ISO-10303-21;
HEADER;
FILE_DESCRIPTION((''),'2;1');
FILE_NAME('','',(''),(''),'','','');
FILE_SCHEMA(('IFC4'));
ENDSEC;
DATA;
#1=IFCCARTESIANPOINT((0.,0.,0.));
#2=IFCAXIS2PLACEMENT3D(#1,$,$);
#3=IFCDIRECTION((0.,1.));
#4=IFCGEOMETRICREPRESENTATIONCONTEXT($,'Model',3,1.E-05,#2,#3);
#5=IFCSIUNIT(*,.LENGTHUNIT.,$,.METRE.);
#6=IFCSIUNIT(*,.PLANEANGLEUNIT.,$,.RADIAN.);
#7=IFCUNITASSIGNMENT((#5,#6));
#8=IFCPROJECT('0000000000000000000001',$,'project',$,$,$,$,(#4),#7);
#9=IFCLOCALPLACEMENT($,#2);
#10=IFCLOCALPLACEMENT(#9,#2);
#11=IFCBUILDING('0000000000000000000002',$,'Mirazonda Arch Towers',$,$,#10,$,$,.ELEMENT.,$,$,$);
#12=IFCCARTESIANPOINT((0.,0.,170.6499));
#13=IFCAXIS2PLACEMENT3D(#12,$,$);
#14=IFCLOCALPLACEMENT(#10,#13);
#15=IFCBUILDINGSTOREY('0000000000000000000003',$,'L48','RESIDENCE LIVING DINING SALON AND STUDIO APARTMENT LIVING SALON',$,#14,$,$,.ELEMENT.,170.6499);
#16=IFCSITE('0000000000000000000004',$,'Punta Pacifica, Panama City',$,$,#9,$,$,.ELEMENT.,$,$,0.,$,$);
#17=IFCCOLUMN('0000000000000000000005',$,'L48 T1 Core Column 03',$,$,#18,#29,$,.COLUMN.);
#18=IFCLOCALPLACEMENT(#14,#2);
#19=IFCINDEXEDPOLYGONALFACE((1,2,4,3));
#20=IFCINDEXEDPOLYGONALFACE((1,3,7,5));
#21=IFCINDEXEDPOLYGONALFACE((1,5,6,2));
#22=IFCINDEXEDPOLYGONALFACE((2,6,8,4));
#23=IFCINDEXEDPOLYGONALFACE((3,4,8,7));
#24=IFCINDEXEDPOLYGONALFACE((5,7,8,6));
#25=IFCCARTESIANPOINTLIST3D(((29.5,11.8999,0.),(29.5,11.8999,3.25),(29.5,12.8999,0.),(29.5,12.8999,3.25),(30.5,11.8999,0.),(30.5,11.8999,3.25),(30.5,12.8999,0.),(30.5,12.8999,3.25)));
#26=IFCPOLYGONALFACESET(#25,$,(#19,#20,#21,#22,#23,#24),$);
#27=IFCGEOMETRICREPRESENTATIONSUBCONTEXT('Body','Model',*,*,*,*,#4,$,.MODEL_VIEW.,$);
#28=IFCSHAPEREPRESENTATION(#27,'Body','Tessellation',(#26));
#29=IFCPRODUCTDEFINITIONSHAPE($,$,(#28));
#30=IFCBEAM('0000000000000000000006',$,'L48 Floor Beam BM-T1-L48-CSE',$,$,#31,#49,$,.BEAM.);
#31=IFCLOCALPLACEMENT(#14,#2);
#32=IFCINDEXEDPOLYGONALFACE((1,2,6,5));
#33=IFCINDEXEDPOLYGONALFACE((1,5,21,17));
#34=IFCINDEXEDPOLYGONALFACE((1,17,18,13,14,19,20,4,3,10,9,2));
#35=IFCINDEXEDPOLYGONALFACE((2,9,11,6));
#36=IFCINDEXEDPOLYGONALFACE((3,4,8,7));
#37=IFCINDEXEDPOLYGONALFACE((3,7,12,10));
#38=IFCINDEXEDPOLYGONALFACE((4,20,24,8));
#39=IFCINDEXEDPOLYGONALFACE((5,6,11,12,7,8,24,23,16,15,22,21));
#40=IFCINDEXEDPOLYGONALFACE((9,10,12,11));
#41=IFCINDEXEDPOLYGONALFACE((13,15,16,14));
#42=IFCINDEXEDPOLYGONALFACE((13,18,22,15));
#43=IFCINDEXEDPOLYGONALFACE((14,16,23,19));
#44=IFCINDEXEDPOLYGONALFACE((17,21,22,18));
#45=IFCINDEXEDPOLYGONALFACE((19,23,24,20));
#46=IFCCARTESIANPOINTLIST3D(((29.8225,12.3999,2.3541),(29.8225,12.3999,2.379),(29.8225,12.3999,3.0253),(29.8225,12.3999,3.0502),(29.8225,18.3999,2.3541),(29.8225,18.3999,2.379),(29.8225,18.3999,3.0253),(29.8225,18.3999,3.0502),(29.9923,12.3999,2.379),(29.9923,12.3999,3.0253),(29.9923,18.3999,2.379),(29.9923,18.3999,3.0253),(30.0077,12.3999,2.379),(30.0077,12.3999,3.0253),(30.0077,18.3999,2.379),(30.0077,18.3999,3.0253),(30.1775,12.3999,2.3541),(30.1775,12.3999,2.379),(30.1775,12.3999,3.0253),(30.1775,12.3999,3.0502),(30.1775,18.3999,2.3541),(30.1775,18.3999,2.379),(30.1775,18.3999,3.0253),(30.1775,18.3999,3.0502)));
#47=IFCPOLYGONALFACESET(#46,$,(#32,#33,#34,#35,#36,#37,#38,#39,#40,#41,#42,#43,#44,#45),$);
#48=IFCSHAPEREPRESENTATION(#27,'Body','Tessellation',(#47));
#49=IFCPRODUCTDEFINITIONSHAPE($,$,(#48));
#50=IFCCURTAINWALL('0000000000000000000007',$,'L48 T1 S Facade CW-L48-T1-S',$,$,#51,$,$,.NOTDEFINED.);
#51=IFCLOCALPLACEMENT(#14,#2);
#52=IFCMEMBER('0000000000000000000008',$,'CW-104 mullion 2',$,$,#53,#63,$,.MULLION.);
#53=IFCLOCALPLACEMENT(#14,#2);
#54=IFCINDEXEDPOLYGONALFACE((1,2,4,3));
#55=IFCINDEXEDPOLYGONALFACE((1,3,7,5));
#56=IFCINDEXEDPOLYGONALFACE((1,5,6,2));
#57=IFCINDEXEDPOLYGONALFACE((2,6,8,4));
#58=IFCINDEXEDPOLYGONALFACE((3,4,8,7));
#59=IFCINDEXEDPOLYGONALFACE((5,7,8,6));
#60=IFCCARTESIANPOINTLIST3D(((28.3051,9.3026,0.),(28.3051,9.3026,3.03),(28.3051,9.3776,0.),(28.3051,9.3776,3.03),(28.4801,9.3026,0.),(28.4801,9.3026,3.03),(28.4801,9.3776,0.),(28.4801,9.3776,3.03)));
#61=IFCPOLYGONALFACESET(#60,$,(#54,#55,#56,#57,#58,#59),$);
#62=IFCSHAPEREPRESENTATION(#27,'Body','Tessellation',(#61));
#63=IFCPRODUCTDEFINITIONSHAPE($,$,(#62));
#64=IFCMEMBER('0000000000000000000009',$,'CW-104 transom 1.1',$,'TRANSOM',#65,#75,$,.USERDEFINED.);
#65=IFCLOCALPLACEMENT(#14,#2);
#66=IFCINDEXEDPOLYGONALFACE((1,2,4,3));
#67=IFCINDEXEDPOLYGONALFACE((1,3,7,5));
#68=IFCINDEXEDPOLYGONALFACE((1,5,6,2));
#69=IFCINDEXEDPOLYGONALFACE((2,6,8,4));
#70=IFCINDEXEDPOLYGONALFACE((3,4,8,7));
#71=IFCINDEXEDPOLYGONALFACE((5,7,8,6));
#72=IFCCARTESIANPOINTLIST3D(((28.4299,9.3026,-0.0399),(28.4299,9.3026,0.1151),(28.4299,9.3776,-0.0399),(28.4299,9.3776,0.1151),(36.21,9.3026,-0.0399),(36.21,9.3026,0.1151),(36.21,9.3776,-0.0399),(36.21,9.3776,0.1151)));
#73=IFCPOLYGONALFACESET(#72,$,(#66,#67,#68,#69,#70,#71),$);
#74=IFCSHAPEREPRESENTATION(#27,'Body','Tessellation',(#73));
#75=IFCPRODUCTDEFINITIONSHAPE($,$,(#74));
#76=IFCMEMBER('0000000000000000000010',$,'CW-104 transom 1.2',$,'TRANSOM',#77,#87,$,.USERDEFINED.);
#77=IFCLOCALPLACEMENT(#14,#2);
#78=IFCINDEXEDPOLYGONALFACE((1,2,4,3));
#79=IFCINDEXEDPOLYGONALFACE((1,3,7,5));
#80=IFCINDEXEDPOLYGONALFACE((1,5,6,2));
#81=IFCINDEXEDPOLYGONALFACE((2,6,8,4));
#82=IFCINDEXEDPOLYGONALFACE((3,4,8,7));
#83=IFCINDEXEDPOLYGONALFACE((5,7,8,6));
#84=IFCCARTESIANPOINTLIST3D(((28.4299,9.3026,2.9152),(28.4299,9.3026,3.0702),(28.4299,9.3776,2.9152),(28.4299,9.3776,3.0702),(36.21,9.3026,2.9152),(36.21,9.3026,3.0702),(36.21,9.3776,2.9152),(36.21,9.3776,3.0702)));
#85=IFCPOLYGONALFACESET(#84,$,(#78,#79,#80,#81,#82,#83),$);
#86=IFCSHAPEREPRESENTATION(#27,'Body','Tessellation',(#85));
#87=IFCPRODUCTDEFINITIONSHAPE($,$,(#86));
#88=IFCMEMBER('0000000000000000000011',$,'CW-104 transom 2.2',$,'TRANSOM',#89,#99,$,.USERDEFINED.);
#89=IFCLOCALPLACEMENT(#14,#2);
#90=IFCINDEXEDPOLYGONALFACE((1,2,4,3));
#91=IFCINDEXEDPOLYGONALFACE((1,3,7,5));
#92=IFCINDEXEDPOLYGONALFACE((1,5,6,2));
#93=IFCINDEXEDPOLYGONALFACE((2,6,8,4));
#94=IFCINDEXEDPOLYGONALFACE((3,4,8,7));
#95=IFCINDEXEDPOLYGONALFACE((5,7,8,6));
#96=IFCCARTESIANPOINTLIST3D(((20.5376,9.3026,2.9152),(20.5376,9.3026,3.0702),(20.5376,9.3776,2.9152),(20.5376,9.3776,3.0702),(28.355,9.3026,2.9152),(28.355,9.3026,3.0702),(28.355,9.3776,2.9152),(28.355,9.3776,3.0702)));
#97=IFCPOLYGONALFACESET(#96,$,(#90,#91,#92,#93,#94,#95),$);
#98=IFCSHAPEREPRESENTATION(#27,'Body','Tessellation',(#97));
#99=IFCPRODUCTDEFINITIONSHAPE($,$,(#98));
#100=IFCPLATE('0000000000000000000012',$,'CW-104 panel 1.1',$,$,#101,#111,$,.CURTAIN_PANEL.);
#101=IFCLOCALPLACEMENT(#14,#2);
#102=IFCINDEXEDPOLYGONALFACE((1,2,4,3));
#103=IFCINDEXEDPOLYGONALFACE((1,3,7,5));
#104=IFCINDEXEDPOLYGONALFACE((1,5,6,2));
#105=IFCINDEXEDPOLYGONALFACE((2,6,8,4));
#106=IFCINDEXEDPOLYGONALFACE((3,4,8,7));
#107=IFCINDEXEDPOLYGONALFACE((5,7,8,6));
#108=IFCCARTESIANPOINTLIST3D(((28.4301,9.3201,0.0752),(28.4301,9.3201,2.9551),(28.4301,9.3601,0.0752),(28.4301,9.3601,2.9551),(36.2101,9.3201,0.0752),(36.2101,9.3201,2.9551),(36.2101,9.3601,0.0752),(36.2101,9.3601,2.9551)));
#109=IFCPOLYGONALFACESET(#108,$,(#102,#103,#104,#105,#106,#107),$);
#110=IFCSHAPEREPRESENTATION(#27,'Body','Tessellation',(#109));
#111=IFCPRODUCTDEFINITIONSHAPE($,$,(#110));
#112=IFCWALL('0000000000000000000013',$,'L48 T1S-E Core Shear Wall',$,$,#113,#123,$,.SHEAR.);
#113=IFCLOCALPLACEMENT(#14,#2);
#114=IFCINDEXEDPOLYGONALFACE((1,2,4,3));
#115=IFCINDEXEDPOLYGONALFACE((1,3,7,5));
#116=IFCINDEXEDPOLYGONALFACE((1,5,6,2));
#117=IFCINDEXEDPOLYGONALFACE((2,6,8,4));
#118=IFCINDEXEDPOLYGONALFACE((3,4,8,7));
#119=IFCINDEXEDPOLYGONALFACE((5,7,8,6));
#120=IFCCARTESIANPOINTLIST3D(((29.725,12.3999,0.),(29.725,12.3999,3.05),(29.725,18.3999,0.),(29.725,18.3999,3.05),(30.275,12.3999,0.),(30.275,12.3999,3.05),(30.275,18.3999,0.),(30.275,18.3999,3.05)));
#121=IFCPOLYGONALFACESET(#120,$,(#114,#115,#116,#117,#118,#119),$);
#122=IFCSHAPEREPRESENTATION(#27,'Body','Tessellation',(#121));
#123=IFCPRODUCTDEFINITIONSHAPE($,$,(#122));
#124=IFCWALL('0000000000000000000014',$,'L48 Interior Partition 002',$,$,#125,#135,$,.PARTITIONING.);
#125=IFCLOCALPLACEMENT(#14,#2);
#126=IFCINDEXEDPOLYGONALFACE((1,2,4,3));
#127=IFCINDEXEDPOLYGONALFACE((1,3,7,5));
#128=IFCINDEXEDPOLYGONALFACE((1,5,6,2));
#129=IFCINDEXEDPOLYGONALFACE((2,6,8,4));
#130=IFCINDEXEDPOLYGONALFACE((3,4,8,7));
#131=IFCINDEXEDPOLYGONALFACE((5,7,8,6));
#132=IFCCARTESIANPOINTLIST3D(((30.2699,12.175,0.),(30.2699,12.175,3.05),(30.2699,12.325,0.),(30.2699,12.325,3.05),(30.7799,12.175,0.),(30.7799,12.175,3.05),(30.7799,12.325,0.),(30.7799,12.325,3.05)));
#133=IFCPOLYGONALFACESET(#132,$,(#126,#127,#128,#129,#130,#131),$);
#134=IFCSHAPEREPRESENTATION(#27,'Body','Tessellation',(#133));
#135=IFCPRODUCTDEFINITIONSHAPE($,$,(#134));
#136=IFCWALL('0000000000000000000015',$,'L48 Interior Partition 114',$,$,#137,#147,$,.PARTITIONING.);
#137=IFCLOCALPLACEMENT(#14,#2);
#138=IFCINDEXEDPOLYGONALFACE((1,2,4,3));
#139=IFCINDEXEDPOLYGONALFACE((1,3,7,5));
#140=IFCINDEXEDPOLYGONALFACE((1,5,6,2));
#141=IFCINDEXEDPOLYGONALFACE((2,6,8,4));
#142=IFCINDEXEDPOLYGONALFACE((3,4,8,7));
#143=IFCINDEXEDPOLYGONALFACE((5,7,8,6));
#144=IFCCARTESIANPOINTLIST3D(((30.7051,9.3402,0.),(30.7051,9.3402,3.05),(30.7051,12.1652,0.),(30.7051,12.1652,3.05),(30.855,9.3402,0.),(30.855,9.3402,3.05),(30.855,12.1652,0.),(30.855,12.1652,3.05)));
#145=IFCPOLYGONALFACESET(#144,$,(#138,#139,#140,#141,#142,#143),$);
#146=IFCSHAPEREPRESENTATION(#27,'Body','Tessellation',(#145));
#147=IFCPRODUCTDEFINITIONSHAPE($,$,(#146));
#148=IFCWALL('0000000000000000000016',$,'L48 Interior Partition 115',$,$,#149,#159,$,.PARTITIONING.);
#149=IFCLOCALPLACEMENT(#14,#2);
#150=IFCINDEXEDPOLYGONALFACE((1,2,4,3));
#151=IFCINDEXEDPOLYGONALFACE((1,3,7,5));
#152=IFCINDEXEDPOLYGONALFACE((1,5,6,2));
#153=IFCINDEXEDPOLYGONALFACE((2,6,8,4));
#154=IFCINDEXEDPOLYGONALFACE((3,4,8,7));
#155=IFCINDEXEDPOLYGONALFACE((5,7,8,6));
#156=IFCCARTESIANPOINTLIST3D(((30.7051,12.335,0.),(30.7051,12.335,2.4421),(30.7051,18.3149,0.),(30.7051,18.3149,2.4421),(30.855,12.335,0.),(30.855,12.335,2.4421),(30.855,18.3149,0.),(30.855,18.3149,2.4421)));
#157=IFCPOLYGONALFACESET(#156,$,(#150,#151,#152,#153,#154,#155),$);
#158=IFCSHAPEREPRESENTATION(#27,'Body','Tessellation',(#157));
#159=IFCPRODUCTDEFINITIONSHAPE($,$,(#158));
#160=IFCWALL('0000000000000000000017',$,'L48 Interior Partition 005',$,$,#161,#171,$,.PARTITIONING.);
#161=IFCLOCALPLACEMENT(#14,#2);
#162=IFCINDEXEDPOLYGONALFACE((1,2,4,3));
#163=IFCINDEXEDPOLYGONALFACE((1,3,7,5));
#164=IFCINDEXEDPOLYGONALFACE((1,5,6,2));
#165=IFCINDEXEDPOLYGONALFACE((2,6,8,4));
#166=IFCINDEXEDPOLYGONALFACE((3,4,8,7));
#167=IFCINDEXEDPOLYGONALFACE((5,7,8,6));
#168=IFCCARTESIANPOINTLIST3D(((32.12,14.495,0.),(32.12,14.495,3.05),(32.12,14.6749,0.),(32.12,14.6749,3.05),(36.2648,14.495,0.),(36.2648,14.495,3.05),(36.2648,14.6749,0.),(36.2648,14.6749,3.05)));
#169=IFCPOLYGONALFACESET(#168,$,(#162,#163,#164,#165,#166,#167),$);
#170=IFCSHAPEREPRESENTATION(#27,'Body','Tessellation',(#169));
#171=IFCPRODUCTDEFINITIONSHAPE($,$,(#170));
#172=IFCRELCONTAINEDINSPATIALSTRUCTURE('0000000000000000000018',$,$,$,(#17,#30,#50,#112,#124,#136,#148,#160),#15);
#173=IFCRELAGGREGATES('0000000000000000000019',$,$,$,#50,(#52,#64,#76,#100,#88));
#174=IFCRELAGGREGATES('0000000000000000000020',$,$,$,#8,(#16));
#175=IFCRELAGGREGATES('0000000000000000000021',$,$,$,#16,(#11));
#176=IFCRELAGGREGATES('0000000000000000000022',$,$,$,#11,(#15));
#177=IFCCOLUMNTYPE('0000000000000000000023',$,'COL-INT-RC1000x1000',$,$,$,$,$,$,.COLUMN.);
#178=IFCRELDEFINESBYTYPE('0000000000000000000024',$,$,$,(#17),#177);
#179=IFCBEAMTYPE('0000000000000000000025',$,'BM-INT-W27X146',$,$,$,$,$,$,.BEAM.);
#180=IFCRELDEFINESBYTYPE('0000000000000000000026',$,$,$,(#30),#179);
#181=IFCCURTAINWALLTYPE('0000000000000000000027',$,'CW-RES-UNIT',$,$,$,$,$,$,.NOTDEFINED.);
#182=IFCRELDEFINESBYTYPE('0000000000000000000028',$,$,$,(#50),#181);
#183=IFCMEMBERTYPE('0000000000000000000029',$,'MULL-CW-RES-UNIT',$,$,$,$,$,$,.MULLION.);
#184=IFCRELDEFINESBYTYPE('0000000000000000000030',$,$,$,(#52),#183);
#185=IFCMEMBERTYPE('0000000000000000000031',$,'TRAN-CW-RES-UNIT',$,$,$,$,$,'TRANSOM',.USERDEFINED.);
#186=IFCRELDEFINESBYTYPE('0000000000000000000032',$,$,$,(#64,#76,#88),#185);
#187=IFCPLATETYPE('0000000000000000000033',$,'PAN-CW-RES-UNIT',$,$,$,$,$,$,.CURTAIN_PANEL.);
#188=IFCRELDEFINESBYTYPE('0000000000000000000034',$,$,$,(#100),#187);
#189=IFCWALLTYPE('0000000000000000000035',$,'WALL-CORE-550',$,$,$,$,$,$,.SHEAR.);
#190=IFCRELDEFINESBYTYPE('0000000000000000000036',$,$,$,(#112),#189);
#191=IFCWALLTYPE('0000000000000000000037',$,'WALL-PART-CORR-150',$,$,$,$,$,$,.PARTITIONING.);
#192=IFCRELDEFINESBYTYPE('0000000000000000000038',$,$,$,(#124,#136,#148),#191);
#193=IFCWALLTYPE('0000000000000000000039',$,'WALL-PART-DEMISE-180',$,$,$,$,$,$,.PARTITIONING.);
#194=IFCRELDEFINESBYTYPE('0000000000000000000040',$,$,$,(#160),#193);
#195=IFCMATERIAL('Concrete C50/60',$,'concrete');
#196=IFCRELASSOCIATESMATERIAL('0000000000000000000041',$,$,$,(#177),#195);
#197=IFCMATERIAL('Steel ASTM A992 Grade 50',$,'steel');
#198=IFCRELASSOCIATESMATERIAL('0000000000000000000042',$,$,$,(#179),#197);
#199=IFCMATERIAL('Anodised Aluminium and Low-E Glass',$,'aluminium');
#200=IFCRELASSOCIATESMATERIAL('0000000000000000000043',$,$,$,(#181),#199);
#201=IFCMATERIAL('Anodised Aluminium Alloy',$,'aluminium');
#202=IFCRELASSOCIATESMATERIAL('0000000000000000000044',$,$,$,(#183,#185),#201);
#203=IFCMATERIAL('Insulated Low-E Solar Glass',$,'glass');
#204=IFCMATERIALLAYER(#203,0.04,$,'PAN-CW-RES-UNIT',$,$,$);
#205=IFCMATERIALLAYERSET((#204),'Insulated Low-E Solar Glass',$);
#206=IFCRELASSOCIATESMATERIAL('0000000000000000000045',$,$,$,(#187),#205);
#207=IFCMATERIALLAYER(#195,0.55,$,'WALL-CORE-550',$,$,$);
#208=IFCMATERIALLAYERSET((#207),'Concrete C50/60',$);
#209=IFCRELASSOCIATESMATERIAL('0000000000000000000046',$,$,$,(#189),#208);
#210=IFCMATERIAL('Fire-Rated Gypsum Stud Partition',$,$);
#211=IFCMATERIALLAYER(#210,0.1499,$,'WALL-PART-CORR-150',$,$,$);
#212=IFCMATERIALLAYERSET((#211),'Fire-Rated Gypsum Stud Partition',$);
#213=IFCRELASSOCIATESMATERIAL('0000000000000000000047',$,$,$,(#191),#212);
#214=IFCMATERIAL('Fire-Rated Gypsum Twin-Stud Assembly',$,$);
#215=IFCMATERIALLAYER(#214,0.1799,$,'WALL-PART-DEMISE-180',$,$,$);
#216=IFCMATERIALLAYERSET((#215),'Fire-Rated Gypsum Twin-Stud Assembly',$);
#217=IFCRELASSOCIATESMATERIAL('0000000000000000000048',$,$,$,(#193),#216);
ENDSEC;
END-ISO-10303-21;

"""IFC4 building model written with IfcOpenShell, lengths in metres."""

from ifc_helpers import new_model, si_unit, direction, frame, frame_2d, origin, origin_2d, place, context, subcontext, project, spatial, rectangle, i_section, extrude, material, layer, layer_set, material_profile, profile_set, type_object, element, aggregate, save


model = new_model("IFC4")

# Units and contexts
model_context = context("Model", 3, precision=1e-05, world=origin(), true_north=direction((0.0, 1.0)))
body_context = subcontext(model_context, "Body", "Model", "MODEL_VIEW")
ifc_project = project(units=[si_unit("LENGTHUNIT", "METRE"), si_unit("PLANEANGLEUNIT", "RADIAN")], contexts=[model_context])

# Site, building, storey
site_placement = place(None, origin())
site = spatial("IfcSite", under=ifc_project, at=site_placement, Name="Punta Pacifica, Panama City", CompositionType="ELEMENT", RefElevation=0.0)
building_placement = place(site_placement, origin())
building = spatial("IfcBuilding", under=site, at=building_placement, Name="Mirazonda Arch Towers", CompositionType="ELEMENT")
storey_placement = place(building_placement, frame((0.0, 0.0, 170.6499)))
storey = spatial("IfcBuildingStorey", under=building, at=storey_placement, Name="L48", Description="RESIDENCE LIVING DINING SALON AND STUDIO APARTMENT LIVING SALON", CompositionType="ELEMENT", Elevation=170.6499)

# Column
ifc_material_1 = material(Name="Concrete C50/60", Category="concrete")
ifc_material_profile_1 = material_profile(ifc_material_1, rectangle(XDim=1.0, YDim=1.0, at=origin_2d()), Name="RC1000x1000")
ifc_profile_set_1 = profile_set([ifc_material_profile_1], Name="Concrete C50/60")
column_type = type_object("IfcColumnType", Name="COL-INT-RC1000x1000", PredefinedType="COLUMN", material=ifc_profile_set_1)
column_placement = place(storey_placement, frame((30.0, 12.3999, 0.0), z_axis=(0.0, 0.0, 1.0), x_axis=(1.0, 0.0, 0.0)))
element("IfcColumn", 1, at=column_placement, inside=storey, type_object=column_type, Name="L48 T1 Core Column 03", PredefinedType="COLUMN", context=body_context, shape_type="SweptSolid", body=[
    extrude(rectangle(XDim=1.0, YDim=1.0, at=origin_2d()), origin(), (0.0, 0.0, 1.0), 3.25),
])

# Beam
ifc_material_2 = material(Name="Steel ASTM A992 Grade 50", Category="steel")
ifc_material_profile_2 = material_profile(ifc_material_2, i_section(OverallWidth=0.355, OverallDepth=0.696, WebThickness=0.0154, FlangeThickness=0.0249, at=origin_2d()), Name="W27X146")
ifc_profile_set_2 = profile_set([ifc_material_profile_2], Name="Steel ASTM A992 Grade 50")
beam_type = type_object("IfcBeamType", Name="BM-INT-W27X146", PredefinedType="BEAM", material=ifc_profile_set_2)
beam_placement = place(storey_placement, frame((30.0, 12.3999, 2.7021), z_axis=(0.0, 1.0, 0.0), x_axis=(-1.0, 0.0, 0.0)))
element("IfcBeam", 2, at=beam_placement, inside=storey, type_object=beam_type, Name="L48 Floor Beam BM-T1-L48-CSE", PredefinedType="BEAM", context=body_context, shape_type="SweptSolid", body=[
    extrude(i_section(OverallWidth=0.355, OverallDepth=0.696, WebThickness=0.0154, FlangeThickness=0.0249, at=origin_2d()), origin(), (0.0, 0.0, 1.0), 6.0),
])

# Curtain wall, members, plate
ifc_material_3 = material(Name="Anodised Aluminium and Low-E Glass", Category="aluminium")
curtain_wall_type = type_object("IfcCurtainWallType", Name="CW-RES-UNIT", PredefinedType="NOTDEFINED", material=ifc_material_3)
curtain_wall_placement = place(storey_placement, origin())
curtain_wall = element("IfcCurtainWall", 3, at=curtain_wall_placement, inside=storey, type_object=curtain_wall_type, Name="L48 T1 S Facade CW-L48-T1-S", PredefinedType="NOTDEFINED")
ifc_material_4 = material(Name="Anodised Aluminium Alloy", Category="aluminium")
ifc_material_profile_3 = material_profile(ifc_material_4, rectangle(XDim=0.075, YDim=0.175, at=origin_2d()), Name="ALU-MULL-75x175")
ifc_profile_set_3 = profile_set([ifc_material_profile_3], Name="Anodised Aluminium Alloy")
member_type_1 = type_object("IfcMemberType", Name="MULL-CW-RES-UNIT", PredefinedType="MULLION", material=ifc_profile_set_3)
member_1_placement = place(storey_placement, frame((28.3926, 9.3401, 0.0), z_axis=(0.0, 0.0, 1.0), x_axis=(0.0, -1.0, 0.0)))
member_1 = element("IfcMember", 4, at=member_1_placement, type_object=member_type_1, Name="CW-104 mullion 2", PredefinedType="MULLION", context=body_context, shape_type="SweptSolid", body=[
    extrude(rectangle(XDim=0.075, YDim=0.175, at=origin_2d()), origin(), (0.0, 0.0, 1.0), 3.03),
])
ifc_material_profile_4 = material_profile(ifc_material_4, rectangle(XDim=0.075, YDim=0.155, at=origin_2d()), Name="ALU-TRAN-75x155")
ifc_profile_set_4 = profile_set([ifc_material_profile_4], Name="Anodised Aluminium Alloy")
member_type_2 = type_object("IfcMemberType", Name="TRAN-CW-RES-UNIT", ElementType="TRANSOM", PredefinedType="USERDEFINED", material=ifc_profile_set_4)
member_2_placement = place(storey_placement, frame((36.21, 9.3401, 0.0376), z_axis=(-1.0, 0.0, 0.0), x_axis=(0.0, -1.0, 0.0)))
member_2 = element("IfcMember", 5, at=member_2_placement, type_object=member_type_2, Name="CW-104 transom 1.1", ObjectType="TRANSOM", PredefinedType="USERDEFINED", context=body_context, shape_type="SweptSolid", body=[
    extrude(rectangle(XDim=0.075, YDim=0.155, at=origin_2d()), origin(), (0.0, 0.0, 1.0), 7.78),
])
member_3_placement = place(storey_placement, frame((36.21, 9.3401, 2.9927), z_axis=(-1.0, 0.0, 0.0), x_axis=(0.0, -1.0, 0.0)))
member_3 = element("IfcMember", 6, at=member_3_placement, type_object=member_type_2, Name="CW-104 transom 1.2", ObjectType="TRANSOM", PredefinedType="USERDEFINED", context=body_context, shape_type="SweptSolid", body=[
    extrude(rectangle(XDim=0.075, YDim=0.155, at=origin_2d()), origin(), (0.0, 0.0, 1.0), 7.78),
])
member_4_placement = place(storey_placement, frame((28.355, 9.3401, 2.9927), z_axis=(-1.0, 0.0, 0.0), x_axis=(0.0, -1.0, 0.0)))
member_4 = element("IfcMember", 7, at=member_4_placement, type_object=member_type_2, Name="CW-104 transom 2.2", ObjectType="TRANSOM", PredefinedType="USERDEFINED", context=body_context, shape_type="SweptSolid", body=[
    extrude(rectangle(XDim=0.075, YDim=0.155, at=origin_2d()), origin(), (0.0, 0.0, 1.0), 7.8174),
])
ifc_material_5 = material(Name="Insulated Low-E Solar Glass", Category="glass")
ifc_layer_1 = layer(ifc_material_5, 0.04, Name="PAN-CW-RES-UNIT")
ifc_layer_set_1 = layer_set([ifc_layer_1], Name="Insulated Low-E Solar Glass")
plate_type = type_object("IfcPlateType", Name="PAN-CW-RES-UNIT", PredefinedType="CURTAIN_PANEL", material=ifc_layer_set_1)
plate_placement = place(storey_placement, frame((32.3201, 9.3401, 0.0752), z_axis=(0.0, 0.0, 1.0), x_axis=(-1.0, 0.0, 0.0)))
plate = element("IfcPlate", 8, at=plate_placement, type_object=plate_type, Name="CW-104 panel 1.1", PredefinedType="CURTAIN_PANEL", context=body_context, shape_type="SweptSolid", body=[
    extrude(rectangle(XDim=7.78, YDim=0.04, at=origin_2d()), origin(), (0.0, 0.0, 1.0), 2.8799),
])
aggregate(curtain_wall, [member_1, member_2, member_3, plate, member_4])

# Walls
ifc_layer_2 = layer(ifc_material_1, 0.55, Name="WALL-CORE-550")
ifc_layer_set_2 = layer_set([ifc_layer_2], Name="Concrete C50/60")
wall_type_1 = type_object("IfcWallType", Name="WALL-CORE-550", PredefinedType="SHEAR", material=ifc_layer_set_2)
wall_1_placement = place(storey_placement, frame((30.0, 12.3999, 0.0), z_axis=(0.0, 0.0, 1.0), x_axis=(0.0, 1.0, 0.0)))
element("IfcWall", 9, at=wall_1_placement, inside=storey, type_object=wall_type_1, Name="L48 T1S-E Core Shear Wall", PredefinedType="SHEAR", context=body_context, shape_type="SweptSolid", body=[
    extrude(rectangle(XDim=6.0, YDim=0.55, at=frame_2d((3.0, 0.0))), origin(), (0.0, 0.0, 1.0), 3.05),
])
ifc_material_6 = material(Name="Fire-Rated Gypsum Stud Partition")
ifc_layer_3 = layer(ifc_material_6, 0.1499, Name="WALL-PART-CORR-150")
ifc_layer_set_3 = layer_set([ifc_layer_3], Name="Fire-Rated Gypsum Stud Partition")
wall_type_2 = type_object("IfcWallType", Name="WALL-PART-CORR-150", PredefinedType="PARTITIONING", material=ifc_layer_set_3)
wall_2_placement = place(storey_placement, frame((30.27, 12.25, 0.0), z_axis=(0.0, 0.0, 1.0), x_axis=(1.0, 0.0, 0.0)))
element("IfcWall", 10, at=wall_2_placement, inside=storey, type_object=wall_type_2, Name="L48 Interior Partition 002", PredefinedType="PARTITIONING", context=body_context, shape_type="SweptSolid", body=[
    extrude(rectangle(XDim=0.51, YDim=0.1499, at=frame_2d((0.2549, 0.0))), origin(), (0.0, 0.0, 1.0), 3.05),
])
wall_3_placement = place(storey_placement, frame((30.78, 9.3401, 0.0), z_axis=(0.0, 0.0, 1.0), x_axis=(0.0, 1.0, 0.0)))
element("IfcWall", 11, at=wall_3_placement, inside=storey, type_object=wall_type_2, Name="L48 Interior Partition 114", PredefinedType="PARTITIONING", context=body_context, shape_type="SweptSolid", body=[
    extrude(rectangle(XDim=2.825, YDim=0.1499, at=frame_2d((1.4126, 0.0))), origin(), (0.0, 0.0, 1.0), 3.05),
])
wall_4_placement = place(storey_placement, frame((30.78, 12.335, 0.0), z_axis=(0.0, 0.0, 1.0), x_axis=(0.0, 1.0, 0.0)))
element("IfcWall", 12, at=wall_4_placement, inside=storey, type_object=wall_type_2, Name="L48 Interior Partition 115", PredefinedType="PARTITIONING", context=body_context, shape_type="SweptSolid", body=[
    extrude(rectangle(XDim=5.98, YDim=0.1499, at=frame_2d((2.99, 0.0))), origin(), (0.0, 0.0, 1.0), 2.4421),
])
ifc_material_7 = material(Name="Fire-Rated Gypsum Twin-Stud Assembly")
ifc_layer_4 = layer(ifc_material_7, 0.1799, Name="WALL-PART-DEMISE-180")
ifc_layer_set_4 = layer_set([ifc_layer_4], Name="Fire-Rated Gypsum Twin-Stud Assembly")
wall_type_3 = type_object("IfcWallType", Name="WALL-PART-DEMISE-180", PredefinedType="PARTITIONING", material=ifc_layer_set_4)
wall_5_placement = place(storey_placement, frame((32.1201, 14.585, 0.0), z_axis=(0.0, 0.0, 1.0), x_axis=(1.0, 0.0, 0.0)))
element("IfcWall", 13, at=wall_5_placement, inside=storey, type_object=wall_type_3, Name="L48 Interior Partition 005", PredefinedType="PARTITIONING", context=body_context, shape_type="SweptSolid", body=[
    extrude(rectangle(XDim=4.1448, YDim=0.1799, at=frame_2d((2.0723, 0.0))), origin(), (0.0, 0.0, 1.0), 3.05),
])

save(model, "model.ifc")
